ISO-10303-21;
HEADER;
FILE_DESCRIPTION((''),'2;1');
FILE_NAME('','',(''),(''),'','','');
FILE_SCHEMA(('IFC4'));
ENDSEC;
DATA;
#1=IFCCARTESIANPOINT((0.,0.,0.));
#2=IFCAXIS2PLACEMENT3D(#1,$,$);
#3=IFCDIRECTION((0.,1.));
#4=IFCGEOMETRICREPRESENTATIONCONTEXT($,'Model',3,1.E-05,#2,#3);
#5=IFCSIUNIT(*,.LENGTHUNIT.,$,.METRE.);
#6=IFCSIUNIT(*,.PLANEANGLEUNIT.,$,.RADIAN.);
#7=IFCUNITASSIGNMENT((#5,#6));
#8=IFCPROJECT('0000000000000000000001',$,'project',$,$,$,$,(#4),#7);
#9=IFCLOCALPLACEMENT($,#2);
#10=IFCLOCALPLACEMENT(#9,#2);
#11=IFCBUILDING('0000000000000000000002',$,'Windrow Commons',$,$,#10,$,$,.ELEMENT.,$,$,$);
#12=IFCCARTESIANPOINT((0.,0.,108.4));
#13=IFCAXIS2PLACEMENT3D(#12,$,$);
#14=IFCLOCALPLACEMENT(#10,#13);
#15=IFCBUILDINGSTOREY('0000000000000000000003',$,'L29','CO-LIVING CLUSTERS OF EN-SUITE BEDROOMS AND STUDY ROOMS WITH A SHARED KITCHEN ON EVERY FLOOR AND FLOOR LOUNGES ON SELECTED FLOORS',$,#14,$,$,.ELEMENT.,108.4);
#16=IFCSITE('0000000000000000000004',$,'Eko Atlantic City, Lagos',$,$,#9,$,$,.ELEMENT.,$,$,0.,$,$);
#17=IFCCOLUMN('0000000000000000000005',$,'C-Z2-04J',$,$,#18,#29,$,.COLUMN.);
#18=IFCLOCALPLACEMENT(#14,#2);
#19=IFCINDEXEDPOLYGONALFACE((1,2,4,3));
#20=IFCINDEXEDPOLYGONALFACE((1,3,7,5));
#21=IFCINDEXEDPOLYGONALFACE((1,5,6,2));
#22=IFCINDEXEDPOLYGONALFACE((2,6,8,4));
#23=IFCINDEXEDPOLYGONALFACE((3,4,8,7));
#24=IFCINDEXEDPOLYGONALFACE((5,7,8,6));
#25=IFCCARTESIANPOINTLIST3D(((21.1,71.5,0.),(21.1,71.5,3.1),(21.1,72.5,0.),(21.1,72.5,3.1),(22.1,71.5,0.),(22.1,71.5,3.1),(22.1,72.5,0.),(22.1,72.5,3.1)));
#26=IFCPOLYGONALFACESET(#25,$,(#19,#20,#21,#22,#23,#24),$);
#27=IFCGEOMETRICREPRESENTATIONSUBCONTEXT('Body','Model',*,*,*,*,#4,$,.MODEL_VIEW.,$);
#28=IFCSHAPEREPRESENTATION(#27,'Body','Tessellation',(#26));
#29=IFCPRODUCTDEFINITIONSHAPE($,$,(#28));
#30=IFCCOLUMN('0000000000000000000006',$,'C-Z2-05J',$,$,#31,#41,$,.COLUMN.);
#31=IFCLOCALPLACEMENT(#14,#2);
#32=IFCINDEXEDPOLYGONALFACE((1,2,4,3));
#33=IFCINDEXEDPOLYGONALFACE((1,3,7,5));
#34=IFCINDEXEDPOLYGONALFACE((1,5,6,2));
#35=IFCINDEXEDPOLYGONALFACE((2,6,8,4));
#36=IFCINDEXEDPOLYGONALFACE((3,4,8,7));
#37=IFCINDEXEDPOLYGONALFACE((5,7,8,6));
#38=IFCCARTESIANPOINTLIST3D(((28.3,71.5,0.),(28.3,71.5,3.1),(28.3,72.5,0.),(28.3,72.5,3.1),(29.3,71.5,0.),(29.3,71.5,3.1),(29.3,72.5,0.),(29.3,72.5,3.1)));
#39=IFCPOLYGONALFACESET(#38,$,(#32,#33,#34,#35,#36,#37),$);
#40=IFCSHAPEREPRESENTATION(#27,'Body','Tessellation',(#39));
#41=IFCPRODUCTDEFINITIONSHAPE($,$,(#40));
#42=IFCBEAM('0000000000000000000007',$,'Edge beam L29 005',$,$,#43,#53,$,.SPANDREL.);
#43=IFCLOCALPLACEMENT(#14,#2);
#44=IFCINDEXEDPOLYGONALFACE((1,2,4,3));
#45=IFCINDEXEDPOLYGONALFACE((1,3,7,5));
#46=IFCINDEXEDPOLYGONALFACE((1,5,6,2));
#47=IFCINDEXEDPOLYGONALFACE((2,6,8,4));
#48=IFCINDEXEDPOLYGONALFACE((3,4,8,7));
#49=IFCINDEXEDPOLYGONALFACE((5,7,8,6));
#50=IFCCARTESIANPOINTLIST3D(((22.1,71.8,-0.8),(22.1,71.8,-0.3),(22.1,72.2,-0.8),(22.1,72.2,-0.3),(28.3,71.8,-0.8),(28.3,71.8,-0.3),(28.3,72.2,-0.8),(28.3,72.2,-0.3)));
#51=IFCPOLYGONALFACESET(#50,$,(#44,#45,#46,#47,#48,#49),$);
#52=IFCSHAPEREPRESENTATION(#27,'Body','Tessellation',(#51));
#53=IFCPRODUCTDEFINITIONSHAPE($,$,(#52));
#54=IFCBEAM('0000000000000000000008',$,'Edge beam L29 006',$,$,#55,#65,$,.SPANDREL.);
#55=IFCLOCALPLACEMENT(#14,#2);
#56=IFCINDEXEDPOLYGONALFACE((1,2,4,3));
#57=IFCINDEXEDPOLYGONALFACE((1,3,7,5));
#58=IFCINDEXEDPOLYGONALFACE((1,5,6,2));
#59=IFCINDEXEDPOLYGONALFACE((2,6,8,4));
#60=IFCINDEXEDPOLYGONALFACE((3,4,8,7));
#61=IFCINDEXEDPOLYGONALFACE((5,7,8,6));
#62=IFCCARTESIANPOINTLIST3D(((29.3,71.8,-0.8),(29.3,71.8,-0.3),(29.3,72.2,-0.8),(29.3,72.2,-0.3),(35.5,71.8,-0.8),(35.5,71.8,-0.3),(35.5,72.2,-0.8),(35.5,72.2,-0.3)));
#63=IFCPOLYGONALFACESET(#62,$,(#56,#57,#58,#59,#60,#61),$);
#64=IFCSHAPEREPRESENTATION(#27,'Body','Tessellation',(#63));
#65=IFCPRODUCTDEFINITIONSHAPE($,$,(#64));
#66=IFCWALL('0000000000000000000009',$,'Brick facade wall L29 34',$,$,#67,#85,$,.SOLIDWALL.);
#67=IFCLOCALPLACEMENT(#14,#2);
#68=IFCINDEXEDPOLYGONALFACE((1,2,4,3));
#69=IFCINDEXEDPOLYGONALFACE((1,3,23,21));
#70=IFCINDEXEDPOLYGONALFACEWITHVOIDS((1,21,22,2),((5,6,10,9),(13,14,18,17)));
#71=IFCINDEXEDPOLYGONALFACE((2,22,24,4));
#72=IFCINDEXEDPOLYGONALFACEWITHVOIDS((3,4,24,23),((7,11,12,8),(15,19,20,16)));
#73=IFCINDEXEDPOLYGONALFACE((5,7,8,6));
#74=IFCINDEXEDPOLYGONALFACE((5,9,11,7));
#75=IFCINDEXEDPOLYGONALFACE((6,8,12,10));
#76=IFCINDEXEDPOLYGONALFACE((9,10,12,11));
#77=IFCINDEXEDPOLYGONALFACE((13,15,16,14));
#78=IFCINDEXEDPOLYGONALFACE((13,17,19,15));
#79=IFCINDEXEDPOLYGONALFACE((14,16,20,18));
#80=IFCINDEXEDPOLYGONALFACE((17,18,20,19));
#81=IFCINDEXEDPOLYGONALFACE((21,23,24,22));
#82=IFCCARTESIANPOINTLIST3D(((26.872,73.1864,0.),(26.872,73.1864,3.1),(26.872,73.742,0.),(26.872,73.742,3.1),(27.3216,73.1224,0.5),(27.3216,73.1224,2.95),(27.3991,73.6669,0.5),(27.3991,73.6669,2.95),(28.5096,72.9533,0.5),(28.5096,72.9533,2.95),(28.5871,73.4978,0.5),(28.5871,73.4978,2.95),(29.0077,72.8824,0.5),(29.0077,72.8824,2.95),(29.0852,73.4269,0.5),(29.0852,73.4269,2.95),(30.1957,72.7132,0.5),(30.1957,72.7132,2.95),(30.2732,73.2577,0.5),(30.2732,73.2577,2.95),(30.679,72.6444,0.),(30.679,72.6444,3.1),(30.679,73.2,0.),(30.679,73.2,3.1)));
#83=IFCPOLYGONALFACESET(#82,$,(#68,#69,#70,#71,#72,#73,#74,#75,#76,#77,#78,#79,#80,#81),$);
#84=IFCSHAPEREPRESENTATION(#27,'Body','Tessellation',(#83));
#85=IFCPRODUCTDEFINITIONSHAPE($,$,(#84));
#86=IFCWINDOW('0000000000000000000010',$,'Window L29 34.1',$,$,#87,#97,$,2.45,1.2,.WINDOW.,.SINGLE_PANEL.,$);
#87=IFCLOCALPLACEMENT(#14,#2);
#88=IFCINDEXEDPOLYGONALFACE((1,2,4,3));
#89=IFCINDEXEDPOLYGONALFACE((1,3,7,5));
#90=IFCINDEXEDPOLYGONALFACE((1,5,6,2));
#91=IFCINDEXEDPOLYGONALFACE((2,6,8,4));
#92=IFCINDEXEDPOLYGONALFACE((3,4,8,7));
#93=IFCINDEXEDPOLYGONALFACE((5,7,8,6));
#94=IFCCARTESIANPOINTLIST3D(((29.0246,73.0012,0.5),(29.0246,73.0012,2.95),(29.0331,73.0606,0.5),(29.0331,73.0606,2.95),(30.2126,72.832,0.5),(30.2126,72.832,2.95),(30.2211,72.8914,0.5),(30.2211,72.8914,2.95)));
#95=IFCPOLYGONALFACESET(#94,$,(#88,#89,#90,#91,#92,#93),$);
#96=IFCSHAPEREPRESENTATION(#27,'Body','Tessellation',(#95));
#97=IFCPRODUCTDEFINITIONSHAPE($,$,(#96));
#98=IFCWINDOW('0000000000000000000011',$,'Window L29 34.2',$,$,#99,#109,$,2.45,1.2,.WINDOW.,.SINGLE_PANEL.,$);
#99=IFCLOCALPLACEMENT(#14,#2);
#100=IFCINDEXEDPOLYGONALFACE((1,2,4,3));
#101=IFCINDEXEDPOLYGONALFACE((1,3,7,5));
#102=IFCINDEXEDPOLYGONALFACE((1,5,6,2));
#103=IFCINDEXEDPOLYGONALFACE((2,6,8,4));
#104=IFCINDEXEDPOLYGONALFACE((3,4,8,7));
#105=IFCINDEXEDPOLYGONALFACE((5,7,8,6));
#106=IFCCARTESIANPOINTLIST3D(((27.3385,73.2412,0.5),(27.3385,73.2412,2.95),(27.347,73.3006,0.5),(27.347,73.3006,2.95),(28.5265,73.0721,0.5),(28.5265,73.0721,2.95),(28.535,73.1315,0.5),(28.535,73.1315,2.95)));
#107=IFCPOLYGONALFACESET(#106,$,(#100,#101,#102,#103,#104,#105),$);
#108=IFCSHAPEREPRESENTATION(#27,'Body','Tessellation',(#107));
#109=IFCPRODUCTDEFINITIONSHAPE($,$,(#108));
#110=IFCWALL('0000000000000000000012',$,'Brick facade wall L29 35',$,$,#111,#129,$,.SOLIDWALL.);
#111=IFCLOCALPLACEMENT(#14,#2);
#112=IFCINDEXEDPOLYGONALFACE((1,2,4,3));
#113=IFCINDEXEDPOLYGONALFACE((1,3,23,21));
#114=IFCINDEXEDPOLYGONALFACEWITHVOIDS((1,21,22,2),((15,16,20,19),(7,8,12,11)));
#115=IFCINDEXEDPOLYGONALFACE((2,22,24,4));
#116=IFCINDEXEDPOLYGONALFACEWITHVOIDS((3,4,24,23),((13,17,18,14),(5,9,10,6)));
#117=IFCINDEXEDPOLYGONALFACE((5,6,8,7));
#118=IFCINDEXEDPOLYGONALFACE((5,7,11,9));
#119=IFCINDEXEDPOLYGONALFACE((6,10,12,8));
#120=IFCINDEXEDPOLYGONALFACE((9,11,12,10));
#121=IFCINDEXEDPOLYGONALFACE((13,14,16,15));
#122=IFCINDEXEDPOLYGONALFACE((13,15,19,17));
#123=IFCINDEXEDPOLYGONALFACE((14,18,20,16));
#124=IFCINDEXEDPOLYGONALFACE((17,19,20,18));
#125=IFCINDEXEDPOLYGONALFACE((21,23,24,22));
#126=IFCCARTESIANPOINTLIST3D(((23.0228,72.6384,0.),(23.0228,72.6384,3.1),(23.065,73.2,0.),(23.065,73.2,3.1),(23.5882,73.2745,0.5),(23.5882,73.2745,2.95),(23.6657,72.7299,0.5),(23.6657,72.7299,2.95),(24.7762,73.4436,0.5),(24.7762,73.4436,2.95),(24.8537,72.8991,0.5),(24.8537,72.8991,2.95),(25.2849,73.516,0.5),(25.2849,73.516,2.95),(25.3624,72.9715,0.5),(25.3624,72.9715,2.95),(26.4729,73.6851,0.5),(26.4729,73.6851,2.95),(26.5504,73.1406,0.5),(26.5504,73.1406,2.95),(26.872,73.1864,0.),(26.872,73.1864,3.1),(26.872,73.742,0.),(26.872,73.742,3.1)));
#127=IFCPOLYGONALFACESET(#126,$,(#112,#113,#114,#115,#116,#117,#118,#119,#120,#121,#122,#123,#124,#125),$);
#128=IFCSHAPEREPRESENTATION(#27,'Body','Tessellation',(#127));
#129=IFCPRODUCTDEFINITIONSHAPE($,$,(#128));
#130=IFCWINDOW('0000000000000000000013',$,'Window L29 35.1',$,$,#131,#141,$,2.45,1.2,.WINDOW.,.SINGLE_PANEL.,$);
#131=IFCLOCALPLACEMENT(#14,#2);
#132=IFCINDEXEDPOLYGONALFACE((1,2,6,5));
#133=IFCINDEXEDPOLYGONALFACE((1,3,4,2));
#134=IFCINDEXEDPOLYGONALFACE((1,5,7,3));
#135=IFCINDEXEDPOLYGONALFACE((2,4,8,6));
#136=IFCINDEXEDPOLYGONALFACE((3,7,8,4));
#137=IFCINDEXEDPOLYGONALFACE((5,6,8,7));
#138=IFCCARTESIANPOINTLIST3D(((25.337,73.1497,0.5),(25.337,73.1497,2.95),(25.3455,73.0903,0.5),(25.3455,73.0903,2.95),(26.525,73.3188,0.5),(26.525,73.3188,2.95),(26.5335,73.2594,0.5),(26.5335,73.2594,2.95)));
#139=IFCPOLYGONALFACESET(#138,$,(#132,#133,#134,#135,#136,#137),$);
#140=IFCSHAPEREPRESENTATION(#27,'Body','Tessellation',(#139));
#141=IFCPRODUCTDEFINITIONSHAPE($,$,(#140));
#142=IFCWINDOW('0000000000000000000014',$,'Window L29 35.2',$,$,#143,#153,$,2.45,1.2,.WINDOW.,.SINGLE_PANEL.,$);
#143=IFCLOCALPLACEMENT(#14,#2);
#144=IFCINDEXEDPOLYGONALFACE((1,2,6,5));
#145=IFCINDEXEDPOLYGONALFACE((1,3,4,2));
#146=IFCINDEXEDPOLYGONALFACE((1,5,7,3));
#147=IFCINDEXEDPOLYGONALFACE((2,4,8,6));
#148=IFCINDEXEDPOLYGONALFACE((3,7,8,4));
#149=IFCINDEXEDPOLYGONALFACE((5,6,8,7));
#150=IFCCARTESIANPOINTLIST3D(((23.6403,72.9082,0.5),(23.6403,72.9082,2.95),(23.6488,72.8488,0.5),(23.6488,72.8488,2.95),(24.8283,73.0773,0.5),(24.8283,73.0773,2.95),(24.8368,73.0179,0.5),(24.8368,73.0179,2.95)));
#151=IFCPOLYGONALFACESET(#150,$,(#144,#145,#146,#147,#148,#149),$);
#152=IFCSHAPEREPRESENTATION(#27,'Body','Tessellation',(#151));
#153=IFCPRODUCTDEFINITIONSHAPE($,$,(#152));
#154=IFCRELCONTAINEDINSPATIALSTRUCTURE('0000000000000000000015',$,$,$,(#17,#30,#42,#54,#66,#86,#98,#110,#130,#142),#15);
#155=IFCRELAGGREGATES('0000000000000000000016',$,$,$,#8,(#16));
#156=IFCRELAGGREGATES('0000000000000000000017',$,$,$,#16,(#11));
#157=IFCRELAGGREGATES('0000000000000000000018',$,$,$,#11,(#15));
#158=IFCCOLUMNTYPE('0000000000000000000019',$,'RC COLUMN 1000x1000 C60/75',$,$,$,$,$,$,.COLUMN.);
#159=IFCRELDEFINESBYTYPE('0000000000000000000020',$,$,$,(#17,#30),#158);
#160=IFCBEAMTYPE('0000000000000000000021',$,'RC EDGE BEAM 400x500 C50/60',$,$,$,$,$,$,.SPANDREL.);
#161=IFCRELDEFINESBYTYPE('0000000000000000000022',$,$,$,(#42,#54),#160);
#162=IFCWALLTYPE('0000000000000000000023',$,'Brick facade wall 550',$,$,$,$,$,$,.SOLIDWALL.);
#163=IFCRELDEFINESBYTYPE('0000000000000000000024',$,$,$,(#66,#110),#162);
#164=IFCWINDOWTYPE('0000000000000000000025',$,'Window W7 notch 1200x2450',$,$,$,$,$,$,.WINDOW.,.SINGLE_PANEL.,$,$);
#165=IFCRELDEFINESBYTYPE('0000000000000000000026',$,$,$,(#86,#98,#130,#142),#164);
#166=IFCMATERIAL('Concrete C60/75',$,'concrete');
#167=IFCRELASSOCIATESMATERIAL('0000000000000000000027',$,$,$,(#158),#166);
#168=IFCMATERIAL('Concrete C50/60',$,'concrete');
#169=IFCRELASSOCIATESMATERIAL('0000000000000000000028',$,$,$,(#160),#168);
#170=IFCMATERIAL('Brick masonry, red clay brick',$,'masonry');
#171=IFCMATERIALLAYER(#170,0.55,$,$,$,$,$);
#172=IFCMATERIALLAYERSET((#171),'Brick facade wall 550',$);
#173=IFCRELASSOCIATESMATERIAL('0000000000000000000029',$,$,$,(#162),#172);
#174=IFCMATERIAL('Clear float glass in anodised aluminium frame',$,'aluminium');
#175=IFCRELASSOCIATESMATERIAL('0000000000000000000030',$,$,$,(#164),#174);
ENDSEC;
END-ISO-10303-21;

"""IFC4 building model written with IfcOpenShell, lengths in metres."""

from ifc_helpers import new_model, si_unit, direction, frame, frame_2d, origin, origin_2d, place, context, subcontext, project, spatial, polyline, rectangle, outline, extrude, material, layer, layer_set, material_profile, profile_set, type_object, element, fill, save


model = new_model("IFC4")

# Units and contexts
model_context = context("Model", 3, precision=1e-05, world=origin(), true_north=direction((0.0, 1.0)))
body_context = subcontext(model_context, "Body", "Model", "MODEL_VIEW")
ifc_project = project(units=[si_unit("LENGTHUNIT", "METRE"), si_unit("PLANEANGLEUNIT", "RADIAN")], contexts=[model_context])

# Site, building, storey
site_placement = place(None, origin())
site = spatial("IfcSite", under=ifc_project, at=site_placement, Name="Eko Atlantic City, Lagos", CompositionType="ELEMENT", RefElevation=0.0)
building_placement = place(site_placement, origin())
building = spatial("IfcBuilding", under=site, at=building_placement, Name="Windrow Commons", CompositionType="ELEMENT")
storey_placement = place(building_placement, frame((0.0, 0.0, 108.4)))
storey = spatial("IfcBuildingStorey", under=building, at=storey_placement, Name="L29", Description="CO-LIVING CLUSTERS OF EN-SUITE BEDROOMS AND STUDY ROOMS WITH A SHARED KITCHEN ON EVERY FLOOR AND FLOOR LOUNGES ON SELECTED FLOORS", CompositionType="ELEMENT", Elevation=108.4)

# Columns
ifc_material_1 = material(Name="Concrete C60/75", Category="concrete")
ifc_material_profile_1 = material_profile(ifc_material_1, rectangle(XDim=1.0, YDim=1.0, at=origin_2d()))
ifc_profile_set_1 = profile_set([ifc_material_profile_1], Name="Concrete C60/75")
column_type = type_object("IfcColumnType", Name="RC COLUMN 1000x1000 C60/75", PredefinedType="COLUMN", material=ifc_profile_set_1)
for number, where, z_axis, x_axis, name in (
    (1, (21.6, 72.0, 0.0), (0.0, 0.0, 1.0), (1.0, 0.0, 0.0), "C-Z2-04J"),
    (2, (28.8, 72.0, 0.0), (0.0, 0.0, 1.0), (1.0, 0.0, 0.0), "C-Z2-05J"),
):
    element("IfcColumn", number, at=place(storey_placement, frame(where, z_axis=z_axis, x_axis=x_axis)), inside=storey, type_object=column_type, Name=name, PredefinedType="COLUMN", context=body_context, shape_type="SweptSolid", body=[
        extrude(rectangle(XDim=1.0, YDim=1.0, at=origin_2d()), origin(), (0.0, 0.0, 1.0), 3.1),
    ])

# Beams
ifc_material_2 = material(Name="Concrete C50/60", Category="concrete")
ifc_material_profile_2 = material_profile(ifc_material_2, rectangle(XDim=0.4, YDim=0.5, at=origin_2d()))
ifc_profile_set_2 = profile_set([ifc_material_profile_2], Name="Concrete C50/60")
beam_type = type_object("IfcBeamType", Name="RC EDGE BEAM 400x500 C50/60", PredefinedType="SPANDREL", material=ifc_profile_set_2)
for number, where, z_axis, x_axis, name in (
    (3, (22.1, 72.0, -0.55), (1.0, 0.0, 0.0), (0.0, 1.0, 0.0), "Edge beam L29 005"),
    (4, (29.3, 72.0, -0.55), (1.0, 0.0, 0.0), (0.0, 1.0, 0.0), "Edge beam L29 006"),
):
    element("IfcBeam", number, at=place(storey_placement, frame(where, z_axis=z_axis, x_axis=x_axis)), inside=storey, type_object=beam_type, Name=name, PredefinedType="SPANDREL", context=body_context, shape_type="SweptSolid", body=[
        extrude(rectangle(XDim=0.4, YDim=0.5, at=origin_2d()), origin(), (0.0, 0.0, 1.0), 6.2),
    ])

# Walls, openings, windows
ifc_material_3 = material(Name="Brick masonry, red clay brick", Category="masonry")
ifc_layer_1 = layer(ifc_material_3, 0.55)
ifc_layer_set_1 = layer_set([ifc_layer_1], Name="Brick facade wall 550")
wall_type_1 = type_object("IfcWallType", Name="Brick facade wall 550", PredefinedType="SOLIDWALL", material=ifc_layer_set_1)
wall_1_placement = place(storey_placement, frame((30.679, 72.9222, 0.0), z_axis=(0.0, 0.0, 1.0), x_axis=(-0.990017, 0.140948, 0.0)))
wall_1 = element("IfcWall", 5, at=wall_1_placement, inside=storey, type_object=wall_type_1, Name="Brick facade wall L29 34", PredefinedType="SOLIDWALL", context=body_context, shape_type="SweptSolid", body=[
    extrude(outline(polyline([(0.0392, -0.275), (3.8845, -0.275), (3.8062, 0.275), (-0.0392, 0.275), (0.0392, -0.275)])), origin(), (0.0, 0.0, 1.0), 3.1),
])
opening_1_placement = place(wall_1_placement, frame((0.449, 0.0, 0.5)))
opening_1 = element("IfcOpeningElement", 6, at=opening_1_placement, cuts=wall_1, PredefinedType="OPENING", context=body_context, shape_type="SweptSolid", body=[
    extrude(rectangle(XDim=1.2, YDim=2.45, at=frame_2d((0.6, 1.225))), frame((0.0, 0.285, 0.0), z_axis=(0.0, -1.0, 0.0), x_axis=(1.0, 0.0, 0.0)), (0.0, 0.0, 1.0), 0.57),
])
opening_2_placement = place(wall_1_placement, frame((2.1521, 0.0, 0.5)))
opening_2 = element("IfcOpeningElement", 7, at=opening_2_placement, cuts=wall_1, PredefinedType="OPENING", context=body_context, shape_type="SweptSolid", body=[
    extrude(rectangle(XDim=1.2, YDim=2.45, at=frame_2d((0.6, 1.225))), frame((0.0, 0.285, 0.0), z_axis=(0.0, -1.0, 0.0), x_axis=(1.0, 0.0, 0.0)), (0.0, 0.0, 1.0), 0.57),
])
ifc_material_4 = material(Name="Clear float glass in anodised aluminium frame", Category="aluminium")
window_type_1 = type_object("IfcWindowType", Name="Window W7 notch 1200x2450", PartitioningType="SINGLE_PANEL", PredefinedType="WINDOW", material=ifc_material_4)
window_1_placement = place(opening_1_placement, origin())
window_1 = element("IfcWindow", 8, at=window_1_placement, inside=storey, type_object=window_type_1, Name="Window L29 34.1", OverallHeight=2.45, OverallWidth=1.2, PartitioningType="SINGLE_PANEL", PredefinedType="WINDOW", context=body_context, shape_type="SweptSolid", body=[
    extrude(rectangle(XDim=1.2, YDim=2.45, at=frame_2d((0.6, 1.225))), frame((0.0, 0.155, 0.0), z_axis=(0.0, -1.0, 0.0), x_axis=(1.0, 0.0, 0.0)), (0.0, 0.0, 1.0), 0.06),
])
fill(opening_1, window_1)
window_2_placement = place(opening_2_placement, origin())
window_2 = element("IfcWindow", 9, at=window_2_placement, inside=storey, type_object=window_type_1, Name="Window L29 34.2", OverallHeight=2.45, OverallWidth=1.2, PartitioningType="SINGLE_PANEL", PredefinedType="WINDOW", context=body_context, shape_type="SweptSolid", body=[
    extrude(rectangle(XDim=1.2, YDim=2.45, at=frame_2d((0.6, 1.225))), frame((0.0, 0.155, 0.0), z_axis=(0.0, -1.0, 0.0), x_axis=(1.0, 0.0, 0.0)), (0.0, 0.0, 1.0), 0.06),
])
fill(opening_2, window_2)
wall_2_placement = place(storey_placement, frame((26.872, 73.4642, 0.0), z_axis=(0.0, 0.0, 1.0), x_axis=(-0.990017, -0.140947, 0.0)))
wall_2 = element("IfcWall", 10, at=wall_2_placement, inside=storey, type_object=wall_type_1, Name="Brick facade wall L29 35", PredefinedType="SOLIDWALL", context=body_context, shape_type="SweptSolid", body=[
    extrude(outline(polyline([(-0.0392, -0.275), (3.8062, -0.275), (3.9272, 0.275), (0.0392, 0.275), (-0.0392, -0.275)])), origin(), (0.0, 0.0, 1.0), 3.1),
])
opening_3_placement = place(wall_2_placement, frame((0.364, 0.0, 0.5)))
opening_3 = element("IfcOpeningElement", 11, at=opening_3_placement, cuts=wall_2, PredefinedType="OPENING", context=body_context, shape_type="SweptSolid", body=[
    extrude(rectangle(XDim=1.2, YDim=2.45, at=frame_2d((0.6, 1.225))), frame((0.0, 0.285, 0.0), z_axis=(0.0, -1.0, 0.0), x_axis=(1.0, 0.0, 0.0)), (0.0, 0.0, 1.0), 0.57),
])
opening_4_placement = place(wall_2_placement, frame((2.0778, 0.0, 0.5)))
opening_4 = element("IfcOpeningElement", 12, at=opening_4_placement, cuts=wall_2, PredefinedType="OPENING", context=body_context, shape_type="SweptSolid", body=[
    extrude(rectangle(XDim=1.2, YDim=2.45, at=frame_2d((0.6, 1.225))), frame((0.0, 0.285, 0.0), z_axis=(0.0, -1.0, 0.0), x_axis=(1.0, 0.0, 0.0)), (0.0, 0.0, 1.0), 0.57),
])
window_3_placement = place(opening_3_placement, origin())
window_3 = element("IfcWindow", 13, at=window_3_placement, inside=storey, type_object=window_type_1, Name="Window L29 35.1", OverallHeight=2.45, OverallWidth=1.2, PartitioningType="SINGLE_PANEL", PredefinedType="WINDOW", context=body_context, shape_type="SweptSolid", body=[
    extrude(rectangle(XDim=1.2, YDim=2.45, at=frame_2d((0.6, 1.225))), frame((0.0, 0.155, 0.0), z_axis=(0.0, -1.0, 0.0), x_axis=(1.0, 0.0, 0.0)), (0.0, 0.0, 1.0), 0.06),
])
fill(opening_3, window_3)
window_4_placement = place(opening_4_placement, origin())
window_4 = element("IfcWindow", 14, at=window_4_placement, inside=storey, type_object=window_type_1, Name="Window L29 35.2", OverallHeight=2.45, OverallWidth=1.2, PartitioningType="SINGLE_PANEL", PredefinedType="WINDOW", context=body_context, shape_type="SweptSolid", body=[
    extrude(rectangle(XDim=1.2, YDim=2.45, at=frame_2d((0.6, 1.225))), frame((0.0, 0.155, 0.0), z_axis=(0.0, -1.0, 0.0), x_axis=(1.0, 0.0, 0.0)), (0.0, 0.0, 1.0), 0.06),
])
fill(opening_4, window_4)

save(model, "model.ifc")
